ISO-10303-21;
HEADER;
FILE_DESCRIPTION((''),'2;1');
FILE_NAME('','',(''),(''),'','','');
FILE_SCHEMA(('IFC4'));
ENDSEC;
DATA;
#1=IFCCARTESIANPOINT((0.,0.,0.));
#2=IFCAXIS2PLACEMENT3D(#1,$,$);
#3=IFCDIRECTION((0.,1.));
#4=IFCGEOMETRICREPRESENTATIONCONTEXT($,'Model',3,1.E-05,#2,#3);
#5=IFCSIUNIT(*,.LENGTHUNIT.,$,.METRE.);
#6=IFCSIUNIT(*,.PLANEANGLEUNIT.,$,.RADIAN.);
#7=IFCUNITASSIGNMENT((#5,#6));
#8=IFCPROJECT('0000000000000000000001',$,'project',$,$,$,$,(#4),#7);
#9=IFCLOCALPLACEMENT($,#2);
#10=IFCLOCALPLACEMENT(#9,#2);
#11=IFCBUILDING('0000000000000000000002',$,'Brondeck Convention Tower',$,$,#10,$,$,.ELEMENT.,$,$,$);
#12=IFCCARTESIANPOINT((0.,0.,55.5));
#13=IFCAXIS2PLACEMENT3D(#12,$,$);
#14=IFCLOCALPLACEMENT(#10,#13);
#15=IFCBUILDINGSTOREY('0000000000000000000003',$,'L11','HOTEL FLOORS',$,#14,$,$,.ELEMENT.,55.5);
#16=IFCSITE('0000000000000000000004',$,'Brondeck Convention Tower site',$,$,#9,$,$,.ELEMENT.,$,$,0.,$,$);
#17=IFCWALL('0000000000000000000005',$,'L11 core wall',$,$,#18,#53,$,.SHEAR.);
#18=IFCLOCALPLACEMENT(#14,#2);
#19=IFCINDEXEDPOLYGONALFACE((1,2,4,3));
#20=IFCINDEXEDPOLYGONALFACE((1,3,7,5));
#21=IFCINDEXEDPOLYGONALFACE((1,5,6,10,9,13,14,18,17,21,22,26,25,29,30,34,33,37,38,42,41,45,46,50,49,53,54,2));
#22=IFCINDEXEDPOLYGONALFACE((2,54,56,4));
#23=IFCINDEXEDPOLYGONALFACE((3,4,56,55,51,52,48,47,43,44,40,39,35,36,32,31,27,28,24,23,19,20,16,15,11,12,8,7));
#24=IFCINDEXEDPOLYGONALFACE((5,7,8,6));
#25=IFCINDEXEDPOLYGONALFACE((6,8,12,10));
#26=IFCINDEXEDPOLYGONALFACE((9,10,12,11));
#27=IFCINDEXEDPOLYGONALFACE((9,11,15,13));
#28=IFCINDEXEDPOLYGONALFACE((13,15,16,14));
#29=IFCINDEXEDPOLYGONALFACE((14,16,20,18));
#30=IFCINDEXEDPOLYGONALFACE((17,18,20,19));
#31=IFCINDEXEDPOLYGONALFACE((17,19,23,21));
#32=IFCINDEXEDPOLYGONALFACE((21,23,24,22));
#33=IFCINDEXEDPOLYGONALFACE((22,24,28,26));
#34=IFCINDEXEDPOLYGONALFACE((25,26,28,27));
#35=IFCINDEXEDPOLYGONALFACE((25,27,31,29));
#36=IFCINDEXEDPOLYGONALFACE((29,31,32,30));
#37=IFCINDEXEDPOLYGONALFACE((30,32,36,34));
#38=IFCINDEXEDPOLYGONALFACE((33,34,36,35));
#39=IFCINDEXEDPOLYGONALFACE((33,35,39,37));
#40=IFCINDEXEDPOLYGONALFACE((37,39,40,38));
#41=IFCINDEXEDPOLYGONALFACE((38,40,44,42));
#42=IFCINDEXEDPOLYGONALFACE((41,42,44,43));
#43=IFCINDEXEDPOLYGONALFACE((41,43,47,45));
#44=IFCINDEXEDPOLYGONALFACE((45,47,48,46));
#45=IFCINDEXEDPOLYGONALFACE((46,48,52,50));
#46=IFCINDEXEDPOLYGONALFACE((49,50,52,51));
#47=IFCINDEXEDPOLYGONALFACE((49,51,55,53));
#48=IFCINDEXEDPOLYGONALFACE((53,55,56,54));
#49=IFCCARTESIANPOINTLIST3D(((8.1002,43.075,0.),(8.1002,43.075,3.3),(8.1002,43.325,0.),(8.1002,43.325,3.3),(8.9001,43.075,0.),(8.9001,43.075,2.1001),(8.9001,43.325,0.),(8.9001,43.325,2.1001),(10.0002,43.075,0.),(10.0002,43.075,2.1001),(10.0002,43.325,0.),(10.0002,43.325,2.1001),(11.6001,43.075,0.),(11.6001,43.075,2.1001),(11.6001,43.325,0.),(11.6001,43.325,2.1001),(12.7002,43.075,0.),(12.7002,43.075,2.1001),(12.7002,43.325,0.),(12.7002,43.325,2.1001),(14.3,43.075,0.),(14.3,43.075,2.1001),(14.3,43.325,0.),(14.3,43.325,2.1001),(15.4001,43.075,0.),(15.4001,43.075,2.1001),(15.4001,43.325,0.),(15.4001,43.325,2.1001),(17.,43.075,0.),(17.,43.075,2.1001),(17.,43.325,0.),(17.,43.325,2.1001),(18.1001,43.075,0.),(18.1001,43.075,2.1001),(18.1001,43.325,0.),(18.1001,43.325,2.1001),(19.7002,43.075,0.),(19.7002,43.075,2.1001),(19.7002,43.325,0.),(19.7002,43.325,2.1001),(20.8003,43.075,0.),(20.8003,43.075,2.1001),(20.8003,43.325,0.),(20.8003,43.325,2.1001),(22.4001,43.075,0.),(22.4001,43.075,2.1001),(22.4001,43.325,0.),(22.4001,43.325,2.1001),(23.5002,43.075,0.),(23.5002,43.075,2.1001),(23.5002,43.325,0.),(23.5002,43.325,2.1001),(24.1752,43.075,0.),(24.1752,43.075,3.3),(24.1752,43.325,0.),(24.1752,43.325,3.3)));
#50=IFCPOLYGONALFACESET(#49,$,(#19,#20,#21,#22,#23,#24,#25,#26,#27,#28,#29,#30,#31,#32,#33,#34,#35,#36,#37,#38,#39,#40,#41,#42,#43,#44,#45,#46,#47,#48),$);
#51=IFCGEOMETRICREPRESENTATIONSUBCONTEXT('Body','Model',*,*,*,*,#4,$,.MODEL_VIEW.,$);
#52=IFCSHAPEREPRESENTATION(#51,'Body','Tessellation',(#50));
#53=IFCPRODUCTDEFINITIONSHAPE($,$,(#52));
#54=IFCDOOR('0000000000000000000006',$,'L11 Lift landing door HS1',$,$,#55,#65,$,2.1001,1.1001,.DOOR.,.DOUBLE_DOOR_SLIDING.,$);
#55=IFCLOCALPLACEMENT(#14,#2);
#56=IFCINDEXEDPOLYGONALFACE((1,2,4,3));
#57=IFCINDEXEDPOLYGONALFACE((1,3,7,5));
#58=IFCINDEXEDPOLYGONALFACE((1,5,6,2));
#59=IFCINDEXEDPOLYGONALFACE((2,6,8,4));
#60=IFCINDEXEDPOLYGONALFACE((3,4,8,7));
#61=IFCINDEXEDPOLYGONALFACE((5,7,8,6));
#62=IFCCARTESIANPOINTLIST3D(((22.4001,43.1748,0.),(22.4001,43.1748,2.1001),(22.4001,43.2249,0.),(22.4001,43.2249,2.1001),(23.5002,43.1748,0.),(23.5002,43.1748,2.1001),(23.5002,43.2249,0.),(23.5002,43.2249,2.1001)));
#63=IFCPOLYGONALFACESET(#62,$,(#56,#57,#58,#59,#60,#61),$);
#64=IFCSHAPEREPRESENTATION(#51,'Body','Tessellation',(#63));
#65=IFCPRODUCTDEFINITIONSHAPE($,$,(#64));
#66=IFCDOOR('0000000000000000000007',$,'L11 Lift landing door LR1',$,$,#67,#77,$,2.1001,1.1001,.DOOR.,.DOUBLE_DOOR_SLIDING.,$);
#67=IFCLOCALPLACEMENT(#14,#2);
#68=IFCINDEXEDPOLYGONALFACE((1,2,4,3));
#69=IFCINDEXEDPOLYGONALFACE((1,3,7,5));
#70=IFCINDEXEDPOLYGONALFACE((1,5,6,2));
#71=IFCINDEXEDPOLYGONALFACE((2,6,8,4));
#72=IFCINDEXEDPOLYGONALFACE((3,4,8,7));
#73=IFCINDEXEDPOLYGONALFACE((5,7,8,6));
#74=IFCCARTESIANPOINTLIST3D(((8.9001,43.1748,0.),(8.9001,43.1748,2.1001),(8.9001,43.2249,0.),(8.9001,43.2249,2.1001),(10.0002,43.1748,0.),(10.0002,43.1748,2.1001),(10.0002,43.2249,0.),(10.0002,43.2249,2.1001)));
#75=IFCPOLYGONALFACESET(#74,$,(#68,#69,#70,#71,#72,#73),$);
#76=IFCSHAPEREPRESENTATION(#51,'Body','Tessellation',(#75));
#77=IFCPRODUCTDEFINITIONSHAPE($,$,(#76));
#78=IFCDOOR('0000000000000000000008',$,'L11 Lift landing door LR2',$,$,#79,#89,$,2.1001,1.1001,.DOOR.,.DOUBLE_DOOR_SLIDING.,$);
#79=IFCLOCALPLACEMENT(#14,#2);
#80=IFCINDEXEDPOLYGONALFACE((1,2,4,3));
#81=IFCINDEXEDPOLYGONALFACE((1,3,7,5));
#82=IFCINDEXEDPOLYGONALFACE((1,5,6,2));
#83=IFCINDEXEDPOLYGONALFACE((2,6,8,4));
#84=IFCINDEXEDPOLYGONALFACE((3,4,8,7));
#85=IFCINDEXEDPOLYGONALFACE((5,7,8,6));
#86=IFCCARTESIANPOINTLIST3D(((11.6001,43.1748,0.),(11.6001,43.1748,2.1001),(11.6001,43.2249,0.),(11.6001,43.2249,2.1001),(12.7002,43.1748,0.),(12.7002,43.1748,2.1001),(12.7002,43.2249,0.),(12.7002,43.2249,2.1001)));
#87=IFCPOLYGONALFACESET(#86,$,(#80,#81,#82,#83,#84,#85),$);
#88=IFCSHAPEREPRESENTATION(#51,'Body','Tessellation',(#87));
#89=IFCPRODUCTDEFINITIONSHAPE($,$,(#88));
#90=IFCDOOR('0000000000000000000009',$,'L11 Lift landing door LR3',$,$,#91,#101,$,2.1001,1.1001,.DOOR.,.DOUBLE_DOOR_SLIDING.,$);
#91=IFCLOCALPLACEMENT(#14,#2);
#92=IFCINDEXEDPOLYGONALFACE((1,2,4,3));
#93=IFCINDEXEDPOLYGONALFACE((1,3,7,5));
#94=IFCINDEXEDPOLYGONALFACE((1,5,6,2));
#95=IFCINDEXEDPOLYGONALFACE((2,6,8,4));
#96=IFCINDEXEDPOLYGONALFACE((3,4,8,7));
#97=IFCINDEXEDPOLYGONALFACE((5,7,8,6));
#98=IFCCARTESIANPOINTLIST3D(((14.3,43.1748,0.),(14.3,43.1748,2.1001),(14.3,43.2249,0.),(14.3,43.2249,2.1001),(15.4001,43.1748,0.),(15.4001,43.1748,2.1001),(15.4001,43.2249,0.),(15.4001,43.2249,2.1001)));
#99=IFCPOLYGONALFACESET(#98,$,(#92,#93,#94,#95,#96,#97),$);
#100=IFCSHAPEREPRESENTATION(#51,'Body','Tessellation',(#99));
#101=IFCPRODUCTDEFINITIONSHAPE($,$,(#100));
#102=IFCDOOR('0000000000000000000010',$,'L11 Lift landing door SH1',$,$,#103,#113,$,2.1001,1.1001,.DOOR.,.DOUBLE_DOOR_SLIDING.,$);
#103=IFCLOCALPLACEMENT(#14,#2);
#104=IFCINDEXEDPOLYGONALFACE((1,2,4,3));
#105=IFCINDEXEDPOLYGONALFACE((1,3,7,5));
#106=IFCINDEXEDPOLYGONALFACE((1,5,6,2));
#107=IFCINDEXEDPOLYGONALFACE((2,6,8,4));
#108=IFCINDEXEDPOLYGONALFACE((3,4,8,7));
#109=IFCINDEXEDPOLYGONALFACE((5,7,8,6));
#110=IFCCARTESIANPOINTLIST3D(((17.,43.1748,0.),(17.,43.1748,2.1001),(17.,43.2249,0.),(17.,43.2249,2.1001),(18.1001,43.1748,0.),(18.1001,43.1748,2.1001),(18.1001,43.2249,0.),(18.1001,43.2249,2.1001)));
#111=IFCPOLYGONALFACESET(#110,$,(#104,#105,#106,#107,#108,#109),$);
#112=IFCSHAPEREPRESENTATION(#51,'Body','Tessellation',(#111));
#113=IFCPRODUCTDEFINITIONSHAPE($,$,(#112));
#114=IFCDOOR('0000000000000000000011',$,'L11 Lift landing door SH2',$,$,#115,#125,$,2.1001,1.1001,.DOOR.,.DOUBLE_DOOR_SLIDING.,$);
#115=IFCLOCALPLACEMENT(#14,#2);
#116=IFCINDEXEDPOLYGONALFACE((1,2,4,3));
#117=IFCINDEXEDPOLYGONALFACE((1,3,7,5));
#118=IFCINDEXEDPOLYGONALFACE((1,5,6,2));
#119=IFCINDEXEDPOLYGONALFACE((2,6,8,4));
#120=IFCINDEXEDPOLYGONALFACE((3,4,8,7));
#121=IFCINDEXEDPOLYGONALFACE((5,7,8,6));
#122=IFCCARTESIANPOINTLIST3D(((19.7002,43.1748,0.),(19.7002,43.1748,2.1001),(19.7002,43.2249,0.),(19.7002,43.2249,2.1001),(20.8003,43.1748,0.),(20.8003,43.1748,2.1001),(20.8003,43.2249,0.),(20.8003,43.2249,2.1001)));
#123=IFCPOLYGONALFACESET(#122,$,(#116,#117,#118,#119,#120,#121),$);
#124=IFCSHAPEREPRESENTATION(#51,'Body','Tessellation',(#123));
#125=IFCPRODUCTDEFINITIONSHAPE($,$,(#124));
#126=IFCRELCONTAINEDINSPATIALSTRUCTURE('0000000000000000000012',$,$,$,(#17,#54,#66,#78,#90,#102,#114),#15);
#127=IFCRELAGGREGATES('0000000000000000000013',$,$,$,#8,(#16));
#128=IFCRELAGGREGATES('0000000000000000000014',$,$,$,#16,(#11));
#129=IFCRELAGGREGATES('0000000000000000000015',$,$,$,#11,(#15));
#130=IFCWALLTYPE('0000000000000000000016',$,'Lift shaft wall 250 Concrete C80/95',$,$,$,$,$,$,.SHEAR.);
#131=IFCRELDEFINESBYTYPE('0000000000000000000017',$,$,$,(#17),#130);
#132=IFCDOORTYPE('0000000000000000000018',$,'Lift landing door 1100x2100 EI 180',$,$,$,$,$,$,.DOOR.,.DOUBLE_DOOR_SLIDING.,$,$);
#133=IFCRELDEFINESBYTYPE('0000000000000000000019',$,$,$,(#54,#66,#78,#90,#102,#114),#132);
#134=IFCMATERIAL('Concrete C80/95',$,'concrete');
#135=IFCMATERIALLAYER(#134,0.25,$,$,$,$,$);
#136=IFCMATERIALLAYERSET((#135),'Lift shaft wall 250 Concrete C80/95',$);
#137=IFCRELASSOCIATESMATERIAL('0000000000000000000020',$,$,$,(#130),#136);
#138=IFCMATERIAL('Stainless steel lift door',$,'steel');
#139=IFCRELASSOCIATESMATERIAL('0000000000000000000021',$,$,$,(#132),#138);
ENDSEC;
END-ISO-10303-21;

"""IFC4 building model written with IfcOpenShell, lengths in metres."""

from ifc_helpers import new_model, si_unit, direction, frame, frame_2d, origin, place, context, subcontext, project, spatial, rectangle, extrude, material, layer, layer_set, type_object, element, fill, save


model = new_model("IFC4")

# Units and contexts
model_context = context("Model", 3, precision=1e-05, world=origin(), true_north=direction((0.0, 1.0)))
body_context = subcontext(model_context, "Body", "Model", "MODEL_VIEW")
ifc_project = project(units=[si_unit("LENGTHUNIT", "METRE"), si_unit("PLANEANGLEUNIT", "RADIAN")], contexts=[model_context])

# Site, building, storey
site_placement = place(None, origin())
site = spatial("IfcSite", under=ifc_project, at=site_placement, Name="Brondeck Convention Tower site", CompositionType="ELEMENT", RefElevation=0.0)
building_placement = place(site_placement, origin())
building = spatial("IfcBuilding", under=site, at=building_placement, Name="Brondeck Convention Tower", CompositionType="ELEMENT")
storey_placement = place(building_placement, frame((0.0, 0.0, 55.5)))
storey = spatial("IfcBuildingStorey", under=building, at=storey_placement, Name="L11", Description="HOTEL FLOORS", CompositionType="ELEMENT", Elevation=55.5)

# Shared definitions
ifc_material_1 = material(Name="Concrete C80/95", Category="concrete")

# Wall, openings, doors
ifc_layer_1 = layer(ifc_material_1, 0.25)
ifc_layer_set_1 = layer_set([ifc_layer_1], Name="Lift shaft wall 250 Concrete C80/95")
wall_type_1 = type_object("IfcWallType", Name="Lift shaft wall 250 Concrete C80/95", PredefinedType="SHEAR", material=ifc_layer_set_1)
wall_1_placement = place(storey_placement, frame((8.1001, 43.2, 0.0), z_axis=(0.0, 0.0, 1.0), x_axis=(1.0, 0.0, 0.0)))
wall_1 = element("IfcWall", 1, at=wall_1_placement, inside=storey, type_object=wall_type_1, Name="L11 core wall", PredefinedType="SHEAR", context=body_context, shape_type="SweptSolid", body=[
    extrude(rectangle(XDim=16.075, YDim=0.25, at=frame_2d((8.0376, 0.0))), origin(), (0.0, 0.0, 1.0), 3.3),
])
opening_1_placement = place(wall_1_placement, frame((14.3, 0.0, 0.0)))
opening_1 = element("IfcOpeningElement", 2, at=opening_1_placement, cuts=wall_1, PredefinedType="OPENING", context=body_context, shape_type="SweptSolid", body=[
    extrude(rectangle(XDim=1.1001, YDim=2.1001, at=frame_2d((0.55, 1.05))), frame((0.0, 0.135, 0.0), z_axis=(0.0, -1.0, 0.0), x_axis=(1.0, 0.0, 0.0)), (0.0, 0.0, 1.0), 0.27),
])
opening_2_placement = place(wall_1_placement, frame((0.8, 0.0, 0.0)))
opening_2 = element("IfcOpeningElement", 3, at=opening_2_placement, cuts=wall_1, PredefinedType="OPENING", context=body_context, shape_type="SweptSolid", body=[
    extrude(rectangle(XDim=1.1001, YDim=2.1001, at=frame_2d((0.55, 1.05))), frame((0.0, 0.135, 0.0), z_axis=(0.0, -1.0, 0.0), x_axis=(1.0, 0.0, 0.0)), (0.0, 0.0, 1.0), 0.27),
])
opening_3_placement = place(wall_1_placement, frame((3.5, 0.0, 0.0)))
opening_3 = element("IfcOpeningElement", 4, at=opening_3_placement, cuts=wall_1, PredefinedType="OPENING", context=body_context, shape_type="SweptSolid", body=[
    extrude(rectangle(XDim=1.1001, YDim=2.1001, at=frame_2d((0.55, 1.05))), frame((0.0, 0.135, 0.0), z_axis=(0.0, -1.0, 0.0), x_axis=(1.0, 0.0, 0.0)), (0.0, 0.0, 1.0), 0.27),
])
opening_4_placement = place(wall_1_placement, frame((6.2, 0.0, 0.0)))
opening_4 = element("IfcOpeningElement", 5, at=opening_4_placement, cuts=wall_1, PredefinedType="OPENING", context=body_context, shape_type="SweptSolid", body=[
    extrude(rectangle(XDim=1.1001, YDim=2.1001, at=frame_2d((0.55, 1.05))), frame((0.0, 0.135, 0.0), z_axis=(0.0, -1.0, 0.0), x_axis=(1.0, 0.0, 0.0)), (0.0, 0.0, 1.0), 0.27),
])
opening_5_placement = place(wall_1_placement, frame((8.8999, 0.0, 0.0)))
opening_5 = element("IfcOpeningElement", 6, at=opening_5_placement, cuts=wall_1, PredefinedType="OPENING", context=body_context, shape_type="SweptSolid", body=[
    extrude(rectangle(XDim=1.1001, YDim=2.1001, at=frame_2d((0.55, 1.05))), frame((0.0, 0.135, 0.0), z_axis=(0.0, -1.0, 0.0), x_axis=(1.0, 0.0, 0.0)), (0.0, 0.0, 1.0), 0.27),
])
opening_6_placement = place(wall_1_placement, frame((11.6001, 0.0, 0.0)))
opening_6 = element("IfcOpeningElement", 7, at=opening_6_placement, cuts=wall_1, PredefinedType="OPENING", context=body_context, shape_type="SweptSolid", body=[
    extrude(rectangle(XDim=1.1001, YDim=2.1001, at=frame_2d((0.55, 1.05))), frame((0.0, 0.135, 0.0), z_axis=(0.0, -1.0, 0.0), x_axis=(1.0, 0.0, 0.0)), (0.0, 0.0, 1.0), 0.27),
])
ifc_material_2 = material(Name="Stainless steel lift door", Category="steel")
door_type_1 = type_object("IfcDoorType", Name="Lift landing door 1100x2100 EI 180", OperationType="DOUBLE_DOOR_SLIDING", PredefinedType="DOOR", material=ifc_material_2)
door_1_placement = place(opening_1_placement, origin())
door_1 = element("IfcDoor", 8, at=door_1_placement, inside=storey, type_object=door_type_1, Name="L11 Lift landing door HS1", OperationType="DOUBLE_DOOR_SLIDING", OverallHeight=2.1001, OverallWidth=1.1001, PredefinedType="DOOR", context=body_context, shape_type="SweptSolid", body=[
    extrude(rectangle(XDim=1.1001, YDim=2.1001, at=frame_2d((0.55, 1.05))), frame((0.0, 0.0249, 0.0), z_axis=(0.0, -1.0, 0.0), x_axis=(1.0, 0.0, 0.0)), (0.0, 0.0, 1.0), 0.05),
])
fill(opening_1, door_1)
door_2_placement = place(opening_2_placement, origin())
door_2 = element("IfcDoor", 9, at=door_2_placement, inside=storey, type_object=door_type_1, Name="L11 Lift landing door LR1", OperationType="DOUBLE_DOOR_SLIDING", OverallHeight=2.1001, OverallWidth=1.1001, PredefinedType="DOOR", context=body_context, shape_type="SweptSolid", body=[
    extrude(rectangle(XDim=1.1001, YDim=2.1001, at=frame_2d((0.55, 1.05))), frame((0.0, 0.0249, 0.0), z_axis=(0.0, -1.0, 0.0), x_axis=(1.0, 0.0, 0.0)), (0.0, 0.0, 1.0), 0.05),
])
fill(opening_2, door_2)
door_3_placement = place(opening_3_placement, origin())
door_3 = element("IfcDoor", 10, at=door_3_placement, inside=storey, type_object=door_type_1, Name="L11 Lift landing door LR2", OperationType="DOUBLE_DOOR_SLIDING", OverallHeight=2.1001, OverallWidth=1.1001, PredefinedType="DOOR", context=body_context, shape_type="SweptSolid", body=[
    extrude(rectangle(XDim=1.1001, YDim=2.1001, at=frame_2d((0.55, 1.05))), frame((0.0, 0.0249, 0.0), z_axis=(0.0, -1.0, 0.0), x_axis=(1.0, 0.0, 0.0)), (0.0, 0.0, 1.0), 0.05),
])
fill(opening_3, door_3)
door_4_placement = place(opening_4_placement, origin())
door_4 = element("IfcDoor", 11, at=door_4_placement, inside=storey, type_object=door_type_1, Name="L11 Lift landing door LR3", OperationType="DOUBLE_DOOR_SLIDING", OverallHeight=2.1001, OverallWidth=1.1001, PredefinedType="DOOR", context=body_context, shape_type="SweptSolid", body=[
    extrude(rectangle(XDim=1.1001, YDim=2.1001, at=frame_2d((0.55, 1.05))), frame((0.0, 0.0249, 0.0), z_axis=(0.0, -1.0, 0.0), x_axis=(1.0, 0.0, 0.0)), (0.0, 0.0, 1.0), 0.05),
])
fill(opening_4, door_4)
door_5_placement = place(opening_5_placement, origin())
door_5 = element("IfcDoor", 12, at=door_5_placement, inside=storey, type_object=door_type_1, Name="L11 Lift landing door SH1", OperationType="DOUBLE_DOOR_SLIDING", OverallHeight=2.1001, OverallWidth=1.1001, PredefinedType="DOOR", context=body_context, shape_type="SweptSolid", body=[
    extrude(rectangle(XDim=1.1001, YDim=2.1001, at=frame_2d((0.55, 1.05))), frame((0.0, 0.0249, 0.0), z_axis=(0.0, -1.0, 0.0), x_axis=(1.0, 0.0, 0.0)), (0.0, 0.0, 1.0), 0.05),
])
fill(opening_5, door_5)
door_6_placement = place(opening_6_placement, origin())
door_6 = element("IfcDoor", 13, at=door_6_placement, inside=storey, type_object=door_type_1, Name="L11 Lift landing door SH2", OperationType="DOUBLE_DOOR_SLIDING", OverallHeight=2.1001, OverallWidth=1.1001, PredefinedType="DOOR", context=body_context, shape_type="SweptSolid", body=[
    extrude(rectangle(XDim=1.1001, YDim=2.1001, at=frame_2d((0.55, 1.05))), frame((0.0, 0.0249, 0.0), z_axis=(0.0, -1.0, 0.0), x_axis=(1.0, 0.0, 0.0)), (0.0, 0.0, 1.0), 0.05),
])
fill(opening_6, door_6)

save(model, "model.ifc")
